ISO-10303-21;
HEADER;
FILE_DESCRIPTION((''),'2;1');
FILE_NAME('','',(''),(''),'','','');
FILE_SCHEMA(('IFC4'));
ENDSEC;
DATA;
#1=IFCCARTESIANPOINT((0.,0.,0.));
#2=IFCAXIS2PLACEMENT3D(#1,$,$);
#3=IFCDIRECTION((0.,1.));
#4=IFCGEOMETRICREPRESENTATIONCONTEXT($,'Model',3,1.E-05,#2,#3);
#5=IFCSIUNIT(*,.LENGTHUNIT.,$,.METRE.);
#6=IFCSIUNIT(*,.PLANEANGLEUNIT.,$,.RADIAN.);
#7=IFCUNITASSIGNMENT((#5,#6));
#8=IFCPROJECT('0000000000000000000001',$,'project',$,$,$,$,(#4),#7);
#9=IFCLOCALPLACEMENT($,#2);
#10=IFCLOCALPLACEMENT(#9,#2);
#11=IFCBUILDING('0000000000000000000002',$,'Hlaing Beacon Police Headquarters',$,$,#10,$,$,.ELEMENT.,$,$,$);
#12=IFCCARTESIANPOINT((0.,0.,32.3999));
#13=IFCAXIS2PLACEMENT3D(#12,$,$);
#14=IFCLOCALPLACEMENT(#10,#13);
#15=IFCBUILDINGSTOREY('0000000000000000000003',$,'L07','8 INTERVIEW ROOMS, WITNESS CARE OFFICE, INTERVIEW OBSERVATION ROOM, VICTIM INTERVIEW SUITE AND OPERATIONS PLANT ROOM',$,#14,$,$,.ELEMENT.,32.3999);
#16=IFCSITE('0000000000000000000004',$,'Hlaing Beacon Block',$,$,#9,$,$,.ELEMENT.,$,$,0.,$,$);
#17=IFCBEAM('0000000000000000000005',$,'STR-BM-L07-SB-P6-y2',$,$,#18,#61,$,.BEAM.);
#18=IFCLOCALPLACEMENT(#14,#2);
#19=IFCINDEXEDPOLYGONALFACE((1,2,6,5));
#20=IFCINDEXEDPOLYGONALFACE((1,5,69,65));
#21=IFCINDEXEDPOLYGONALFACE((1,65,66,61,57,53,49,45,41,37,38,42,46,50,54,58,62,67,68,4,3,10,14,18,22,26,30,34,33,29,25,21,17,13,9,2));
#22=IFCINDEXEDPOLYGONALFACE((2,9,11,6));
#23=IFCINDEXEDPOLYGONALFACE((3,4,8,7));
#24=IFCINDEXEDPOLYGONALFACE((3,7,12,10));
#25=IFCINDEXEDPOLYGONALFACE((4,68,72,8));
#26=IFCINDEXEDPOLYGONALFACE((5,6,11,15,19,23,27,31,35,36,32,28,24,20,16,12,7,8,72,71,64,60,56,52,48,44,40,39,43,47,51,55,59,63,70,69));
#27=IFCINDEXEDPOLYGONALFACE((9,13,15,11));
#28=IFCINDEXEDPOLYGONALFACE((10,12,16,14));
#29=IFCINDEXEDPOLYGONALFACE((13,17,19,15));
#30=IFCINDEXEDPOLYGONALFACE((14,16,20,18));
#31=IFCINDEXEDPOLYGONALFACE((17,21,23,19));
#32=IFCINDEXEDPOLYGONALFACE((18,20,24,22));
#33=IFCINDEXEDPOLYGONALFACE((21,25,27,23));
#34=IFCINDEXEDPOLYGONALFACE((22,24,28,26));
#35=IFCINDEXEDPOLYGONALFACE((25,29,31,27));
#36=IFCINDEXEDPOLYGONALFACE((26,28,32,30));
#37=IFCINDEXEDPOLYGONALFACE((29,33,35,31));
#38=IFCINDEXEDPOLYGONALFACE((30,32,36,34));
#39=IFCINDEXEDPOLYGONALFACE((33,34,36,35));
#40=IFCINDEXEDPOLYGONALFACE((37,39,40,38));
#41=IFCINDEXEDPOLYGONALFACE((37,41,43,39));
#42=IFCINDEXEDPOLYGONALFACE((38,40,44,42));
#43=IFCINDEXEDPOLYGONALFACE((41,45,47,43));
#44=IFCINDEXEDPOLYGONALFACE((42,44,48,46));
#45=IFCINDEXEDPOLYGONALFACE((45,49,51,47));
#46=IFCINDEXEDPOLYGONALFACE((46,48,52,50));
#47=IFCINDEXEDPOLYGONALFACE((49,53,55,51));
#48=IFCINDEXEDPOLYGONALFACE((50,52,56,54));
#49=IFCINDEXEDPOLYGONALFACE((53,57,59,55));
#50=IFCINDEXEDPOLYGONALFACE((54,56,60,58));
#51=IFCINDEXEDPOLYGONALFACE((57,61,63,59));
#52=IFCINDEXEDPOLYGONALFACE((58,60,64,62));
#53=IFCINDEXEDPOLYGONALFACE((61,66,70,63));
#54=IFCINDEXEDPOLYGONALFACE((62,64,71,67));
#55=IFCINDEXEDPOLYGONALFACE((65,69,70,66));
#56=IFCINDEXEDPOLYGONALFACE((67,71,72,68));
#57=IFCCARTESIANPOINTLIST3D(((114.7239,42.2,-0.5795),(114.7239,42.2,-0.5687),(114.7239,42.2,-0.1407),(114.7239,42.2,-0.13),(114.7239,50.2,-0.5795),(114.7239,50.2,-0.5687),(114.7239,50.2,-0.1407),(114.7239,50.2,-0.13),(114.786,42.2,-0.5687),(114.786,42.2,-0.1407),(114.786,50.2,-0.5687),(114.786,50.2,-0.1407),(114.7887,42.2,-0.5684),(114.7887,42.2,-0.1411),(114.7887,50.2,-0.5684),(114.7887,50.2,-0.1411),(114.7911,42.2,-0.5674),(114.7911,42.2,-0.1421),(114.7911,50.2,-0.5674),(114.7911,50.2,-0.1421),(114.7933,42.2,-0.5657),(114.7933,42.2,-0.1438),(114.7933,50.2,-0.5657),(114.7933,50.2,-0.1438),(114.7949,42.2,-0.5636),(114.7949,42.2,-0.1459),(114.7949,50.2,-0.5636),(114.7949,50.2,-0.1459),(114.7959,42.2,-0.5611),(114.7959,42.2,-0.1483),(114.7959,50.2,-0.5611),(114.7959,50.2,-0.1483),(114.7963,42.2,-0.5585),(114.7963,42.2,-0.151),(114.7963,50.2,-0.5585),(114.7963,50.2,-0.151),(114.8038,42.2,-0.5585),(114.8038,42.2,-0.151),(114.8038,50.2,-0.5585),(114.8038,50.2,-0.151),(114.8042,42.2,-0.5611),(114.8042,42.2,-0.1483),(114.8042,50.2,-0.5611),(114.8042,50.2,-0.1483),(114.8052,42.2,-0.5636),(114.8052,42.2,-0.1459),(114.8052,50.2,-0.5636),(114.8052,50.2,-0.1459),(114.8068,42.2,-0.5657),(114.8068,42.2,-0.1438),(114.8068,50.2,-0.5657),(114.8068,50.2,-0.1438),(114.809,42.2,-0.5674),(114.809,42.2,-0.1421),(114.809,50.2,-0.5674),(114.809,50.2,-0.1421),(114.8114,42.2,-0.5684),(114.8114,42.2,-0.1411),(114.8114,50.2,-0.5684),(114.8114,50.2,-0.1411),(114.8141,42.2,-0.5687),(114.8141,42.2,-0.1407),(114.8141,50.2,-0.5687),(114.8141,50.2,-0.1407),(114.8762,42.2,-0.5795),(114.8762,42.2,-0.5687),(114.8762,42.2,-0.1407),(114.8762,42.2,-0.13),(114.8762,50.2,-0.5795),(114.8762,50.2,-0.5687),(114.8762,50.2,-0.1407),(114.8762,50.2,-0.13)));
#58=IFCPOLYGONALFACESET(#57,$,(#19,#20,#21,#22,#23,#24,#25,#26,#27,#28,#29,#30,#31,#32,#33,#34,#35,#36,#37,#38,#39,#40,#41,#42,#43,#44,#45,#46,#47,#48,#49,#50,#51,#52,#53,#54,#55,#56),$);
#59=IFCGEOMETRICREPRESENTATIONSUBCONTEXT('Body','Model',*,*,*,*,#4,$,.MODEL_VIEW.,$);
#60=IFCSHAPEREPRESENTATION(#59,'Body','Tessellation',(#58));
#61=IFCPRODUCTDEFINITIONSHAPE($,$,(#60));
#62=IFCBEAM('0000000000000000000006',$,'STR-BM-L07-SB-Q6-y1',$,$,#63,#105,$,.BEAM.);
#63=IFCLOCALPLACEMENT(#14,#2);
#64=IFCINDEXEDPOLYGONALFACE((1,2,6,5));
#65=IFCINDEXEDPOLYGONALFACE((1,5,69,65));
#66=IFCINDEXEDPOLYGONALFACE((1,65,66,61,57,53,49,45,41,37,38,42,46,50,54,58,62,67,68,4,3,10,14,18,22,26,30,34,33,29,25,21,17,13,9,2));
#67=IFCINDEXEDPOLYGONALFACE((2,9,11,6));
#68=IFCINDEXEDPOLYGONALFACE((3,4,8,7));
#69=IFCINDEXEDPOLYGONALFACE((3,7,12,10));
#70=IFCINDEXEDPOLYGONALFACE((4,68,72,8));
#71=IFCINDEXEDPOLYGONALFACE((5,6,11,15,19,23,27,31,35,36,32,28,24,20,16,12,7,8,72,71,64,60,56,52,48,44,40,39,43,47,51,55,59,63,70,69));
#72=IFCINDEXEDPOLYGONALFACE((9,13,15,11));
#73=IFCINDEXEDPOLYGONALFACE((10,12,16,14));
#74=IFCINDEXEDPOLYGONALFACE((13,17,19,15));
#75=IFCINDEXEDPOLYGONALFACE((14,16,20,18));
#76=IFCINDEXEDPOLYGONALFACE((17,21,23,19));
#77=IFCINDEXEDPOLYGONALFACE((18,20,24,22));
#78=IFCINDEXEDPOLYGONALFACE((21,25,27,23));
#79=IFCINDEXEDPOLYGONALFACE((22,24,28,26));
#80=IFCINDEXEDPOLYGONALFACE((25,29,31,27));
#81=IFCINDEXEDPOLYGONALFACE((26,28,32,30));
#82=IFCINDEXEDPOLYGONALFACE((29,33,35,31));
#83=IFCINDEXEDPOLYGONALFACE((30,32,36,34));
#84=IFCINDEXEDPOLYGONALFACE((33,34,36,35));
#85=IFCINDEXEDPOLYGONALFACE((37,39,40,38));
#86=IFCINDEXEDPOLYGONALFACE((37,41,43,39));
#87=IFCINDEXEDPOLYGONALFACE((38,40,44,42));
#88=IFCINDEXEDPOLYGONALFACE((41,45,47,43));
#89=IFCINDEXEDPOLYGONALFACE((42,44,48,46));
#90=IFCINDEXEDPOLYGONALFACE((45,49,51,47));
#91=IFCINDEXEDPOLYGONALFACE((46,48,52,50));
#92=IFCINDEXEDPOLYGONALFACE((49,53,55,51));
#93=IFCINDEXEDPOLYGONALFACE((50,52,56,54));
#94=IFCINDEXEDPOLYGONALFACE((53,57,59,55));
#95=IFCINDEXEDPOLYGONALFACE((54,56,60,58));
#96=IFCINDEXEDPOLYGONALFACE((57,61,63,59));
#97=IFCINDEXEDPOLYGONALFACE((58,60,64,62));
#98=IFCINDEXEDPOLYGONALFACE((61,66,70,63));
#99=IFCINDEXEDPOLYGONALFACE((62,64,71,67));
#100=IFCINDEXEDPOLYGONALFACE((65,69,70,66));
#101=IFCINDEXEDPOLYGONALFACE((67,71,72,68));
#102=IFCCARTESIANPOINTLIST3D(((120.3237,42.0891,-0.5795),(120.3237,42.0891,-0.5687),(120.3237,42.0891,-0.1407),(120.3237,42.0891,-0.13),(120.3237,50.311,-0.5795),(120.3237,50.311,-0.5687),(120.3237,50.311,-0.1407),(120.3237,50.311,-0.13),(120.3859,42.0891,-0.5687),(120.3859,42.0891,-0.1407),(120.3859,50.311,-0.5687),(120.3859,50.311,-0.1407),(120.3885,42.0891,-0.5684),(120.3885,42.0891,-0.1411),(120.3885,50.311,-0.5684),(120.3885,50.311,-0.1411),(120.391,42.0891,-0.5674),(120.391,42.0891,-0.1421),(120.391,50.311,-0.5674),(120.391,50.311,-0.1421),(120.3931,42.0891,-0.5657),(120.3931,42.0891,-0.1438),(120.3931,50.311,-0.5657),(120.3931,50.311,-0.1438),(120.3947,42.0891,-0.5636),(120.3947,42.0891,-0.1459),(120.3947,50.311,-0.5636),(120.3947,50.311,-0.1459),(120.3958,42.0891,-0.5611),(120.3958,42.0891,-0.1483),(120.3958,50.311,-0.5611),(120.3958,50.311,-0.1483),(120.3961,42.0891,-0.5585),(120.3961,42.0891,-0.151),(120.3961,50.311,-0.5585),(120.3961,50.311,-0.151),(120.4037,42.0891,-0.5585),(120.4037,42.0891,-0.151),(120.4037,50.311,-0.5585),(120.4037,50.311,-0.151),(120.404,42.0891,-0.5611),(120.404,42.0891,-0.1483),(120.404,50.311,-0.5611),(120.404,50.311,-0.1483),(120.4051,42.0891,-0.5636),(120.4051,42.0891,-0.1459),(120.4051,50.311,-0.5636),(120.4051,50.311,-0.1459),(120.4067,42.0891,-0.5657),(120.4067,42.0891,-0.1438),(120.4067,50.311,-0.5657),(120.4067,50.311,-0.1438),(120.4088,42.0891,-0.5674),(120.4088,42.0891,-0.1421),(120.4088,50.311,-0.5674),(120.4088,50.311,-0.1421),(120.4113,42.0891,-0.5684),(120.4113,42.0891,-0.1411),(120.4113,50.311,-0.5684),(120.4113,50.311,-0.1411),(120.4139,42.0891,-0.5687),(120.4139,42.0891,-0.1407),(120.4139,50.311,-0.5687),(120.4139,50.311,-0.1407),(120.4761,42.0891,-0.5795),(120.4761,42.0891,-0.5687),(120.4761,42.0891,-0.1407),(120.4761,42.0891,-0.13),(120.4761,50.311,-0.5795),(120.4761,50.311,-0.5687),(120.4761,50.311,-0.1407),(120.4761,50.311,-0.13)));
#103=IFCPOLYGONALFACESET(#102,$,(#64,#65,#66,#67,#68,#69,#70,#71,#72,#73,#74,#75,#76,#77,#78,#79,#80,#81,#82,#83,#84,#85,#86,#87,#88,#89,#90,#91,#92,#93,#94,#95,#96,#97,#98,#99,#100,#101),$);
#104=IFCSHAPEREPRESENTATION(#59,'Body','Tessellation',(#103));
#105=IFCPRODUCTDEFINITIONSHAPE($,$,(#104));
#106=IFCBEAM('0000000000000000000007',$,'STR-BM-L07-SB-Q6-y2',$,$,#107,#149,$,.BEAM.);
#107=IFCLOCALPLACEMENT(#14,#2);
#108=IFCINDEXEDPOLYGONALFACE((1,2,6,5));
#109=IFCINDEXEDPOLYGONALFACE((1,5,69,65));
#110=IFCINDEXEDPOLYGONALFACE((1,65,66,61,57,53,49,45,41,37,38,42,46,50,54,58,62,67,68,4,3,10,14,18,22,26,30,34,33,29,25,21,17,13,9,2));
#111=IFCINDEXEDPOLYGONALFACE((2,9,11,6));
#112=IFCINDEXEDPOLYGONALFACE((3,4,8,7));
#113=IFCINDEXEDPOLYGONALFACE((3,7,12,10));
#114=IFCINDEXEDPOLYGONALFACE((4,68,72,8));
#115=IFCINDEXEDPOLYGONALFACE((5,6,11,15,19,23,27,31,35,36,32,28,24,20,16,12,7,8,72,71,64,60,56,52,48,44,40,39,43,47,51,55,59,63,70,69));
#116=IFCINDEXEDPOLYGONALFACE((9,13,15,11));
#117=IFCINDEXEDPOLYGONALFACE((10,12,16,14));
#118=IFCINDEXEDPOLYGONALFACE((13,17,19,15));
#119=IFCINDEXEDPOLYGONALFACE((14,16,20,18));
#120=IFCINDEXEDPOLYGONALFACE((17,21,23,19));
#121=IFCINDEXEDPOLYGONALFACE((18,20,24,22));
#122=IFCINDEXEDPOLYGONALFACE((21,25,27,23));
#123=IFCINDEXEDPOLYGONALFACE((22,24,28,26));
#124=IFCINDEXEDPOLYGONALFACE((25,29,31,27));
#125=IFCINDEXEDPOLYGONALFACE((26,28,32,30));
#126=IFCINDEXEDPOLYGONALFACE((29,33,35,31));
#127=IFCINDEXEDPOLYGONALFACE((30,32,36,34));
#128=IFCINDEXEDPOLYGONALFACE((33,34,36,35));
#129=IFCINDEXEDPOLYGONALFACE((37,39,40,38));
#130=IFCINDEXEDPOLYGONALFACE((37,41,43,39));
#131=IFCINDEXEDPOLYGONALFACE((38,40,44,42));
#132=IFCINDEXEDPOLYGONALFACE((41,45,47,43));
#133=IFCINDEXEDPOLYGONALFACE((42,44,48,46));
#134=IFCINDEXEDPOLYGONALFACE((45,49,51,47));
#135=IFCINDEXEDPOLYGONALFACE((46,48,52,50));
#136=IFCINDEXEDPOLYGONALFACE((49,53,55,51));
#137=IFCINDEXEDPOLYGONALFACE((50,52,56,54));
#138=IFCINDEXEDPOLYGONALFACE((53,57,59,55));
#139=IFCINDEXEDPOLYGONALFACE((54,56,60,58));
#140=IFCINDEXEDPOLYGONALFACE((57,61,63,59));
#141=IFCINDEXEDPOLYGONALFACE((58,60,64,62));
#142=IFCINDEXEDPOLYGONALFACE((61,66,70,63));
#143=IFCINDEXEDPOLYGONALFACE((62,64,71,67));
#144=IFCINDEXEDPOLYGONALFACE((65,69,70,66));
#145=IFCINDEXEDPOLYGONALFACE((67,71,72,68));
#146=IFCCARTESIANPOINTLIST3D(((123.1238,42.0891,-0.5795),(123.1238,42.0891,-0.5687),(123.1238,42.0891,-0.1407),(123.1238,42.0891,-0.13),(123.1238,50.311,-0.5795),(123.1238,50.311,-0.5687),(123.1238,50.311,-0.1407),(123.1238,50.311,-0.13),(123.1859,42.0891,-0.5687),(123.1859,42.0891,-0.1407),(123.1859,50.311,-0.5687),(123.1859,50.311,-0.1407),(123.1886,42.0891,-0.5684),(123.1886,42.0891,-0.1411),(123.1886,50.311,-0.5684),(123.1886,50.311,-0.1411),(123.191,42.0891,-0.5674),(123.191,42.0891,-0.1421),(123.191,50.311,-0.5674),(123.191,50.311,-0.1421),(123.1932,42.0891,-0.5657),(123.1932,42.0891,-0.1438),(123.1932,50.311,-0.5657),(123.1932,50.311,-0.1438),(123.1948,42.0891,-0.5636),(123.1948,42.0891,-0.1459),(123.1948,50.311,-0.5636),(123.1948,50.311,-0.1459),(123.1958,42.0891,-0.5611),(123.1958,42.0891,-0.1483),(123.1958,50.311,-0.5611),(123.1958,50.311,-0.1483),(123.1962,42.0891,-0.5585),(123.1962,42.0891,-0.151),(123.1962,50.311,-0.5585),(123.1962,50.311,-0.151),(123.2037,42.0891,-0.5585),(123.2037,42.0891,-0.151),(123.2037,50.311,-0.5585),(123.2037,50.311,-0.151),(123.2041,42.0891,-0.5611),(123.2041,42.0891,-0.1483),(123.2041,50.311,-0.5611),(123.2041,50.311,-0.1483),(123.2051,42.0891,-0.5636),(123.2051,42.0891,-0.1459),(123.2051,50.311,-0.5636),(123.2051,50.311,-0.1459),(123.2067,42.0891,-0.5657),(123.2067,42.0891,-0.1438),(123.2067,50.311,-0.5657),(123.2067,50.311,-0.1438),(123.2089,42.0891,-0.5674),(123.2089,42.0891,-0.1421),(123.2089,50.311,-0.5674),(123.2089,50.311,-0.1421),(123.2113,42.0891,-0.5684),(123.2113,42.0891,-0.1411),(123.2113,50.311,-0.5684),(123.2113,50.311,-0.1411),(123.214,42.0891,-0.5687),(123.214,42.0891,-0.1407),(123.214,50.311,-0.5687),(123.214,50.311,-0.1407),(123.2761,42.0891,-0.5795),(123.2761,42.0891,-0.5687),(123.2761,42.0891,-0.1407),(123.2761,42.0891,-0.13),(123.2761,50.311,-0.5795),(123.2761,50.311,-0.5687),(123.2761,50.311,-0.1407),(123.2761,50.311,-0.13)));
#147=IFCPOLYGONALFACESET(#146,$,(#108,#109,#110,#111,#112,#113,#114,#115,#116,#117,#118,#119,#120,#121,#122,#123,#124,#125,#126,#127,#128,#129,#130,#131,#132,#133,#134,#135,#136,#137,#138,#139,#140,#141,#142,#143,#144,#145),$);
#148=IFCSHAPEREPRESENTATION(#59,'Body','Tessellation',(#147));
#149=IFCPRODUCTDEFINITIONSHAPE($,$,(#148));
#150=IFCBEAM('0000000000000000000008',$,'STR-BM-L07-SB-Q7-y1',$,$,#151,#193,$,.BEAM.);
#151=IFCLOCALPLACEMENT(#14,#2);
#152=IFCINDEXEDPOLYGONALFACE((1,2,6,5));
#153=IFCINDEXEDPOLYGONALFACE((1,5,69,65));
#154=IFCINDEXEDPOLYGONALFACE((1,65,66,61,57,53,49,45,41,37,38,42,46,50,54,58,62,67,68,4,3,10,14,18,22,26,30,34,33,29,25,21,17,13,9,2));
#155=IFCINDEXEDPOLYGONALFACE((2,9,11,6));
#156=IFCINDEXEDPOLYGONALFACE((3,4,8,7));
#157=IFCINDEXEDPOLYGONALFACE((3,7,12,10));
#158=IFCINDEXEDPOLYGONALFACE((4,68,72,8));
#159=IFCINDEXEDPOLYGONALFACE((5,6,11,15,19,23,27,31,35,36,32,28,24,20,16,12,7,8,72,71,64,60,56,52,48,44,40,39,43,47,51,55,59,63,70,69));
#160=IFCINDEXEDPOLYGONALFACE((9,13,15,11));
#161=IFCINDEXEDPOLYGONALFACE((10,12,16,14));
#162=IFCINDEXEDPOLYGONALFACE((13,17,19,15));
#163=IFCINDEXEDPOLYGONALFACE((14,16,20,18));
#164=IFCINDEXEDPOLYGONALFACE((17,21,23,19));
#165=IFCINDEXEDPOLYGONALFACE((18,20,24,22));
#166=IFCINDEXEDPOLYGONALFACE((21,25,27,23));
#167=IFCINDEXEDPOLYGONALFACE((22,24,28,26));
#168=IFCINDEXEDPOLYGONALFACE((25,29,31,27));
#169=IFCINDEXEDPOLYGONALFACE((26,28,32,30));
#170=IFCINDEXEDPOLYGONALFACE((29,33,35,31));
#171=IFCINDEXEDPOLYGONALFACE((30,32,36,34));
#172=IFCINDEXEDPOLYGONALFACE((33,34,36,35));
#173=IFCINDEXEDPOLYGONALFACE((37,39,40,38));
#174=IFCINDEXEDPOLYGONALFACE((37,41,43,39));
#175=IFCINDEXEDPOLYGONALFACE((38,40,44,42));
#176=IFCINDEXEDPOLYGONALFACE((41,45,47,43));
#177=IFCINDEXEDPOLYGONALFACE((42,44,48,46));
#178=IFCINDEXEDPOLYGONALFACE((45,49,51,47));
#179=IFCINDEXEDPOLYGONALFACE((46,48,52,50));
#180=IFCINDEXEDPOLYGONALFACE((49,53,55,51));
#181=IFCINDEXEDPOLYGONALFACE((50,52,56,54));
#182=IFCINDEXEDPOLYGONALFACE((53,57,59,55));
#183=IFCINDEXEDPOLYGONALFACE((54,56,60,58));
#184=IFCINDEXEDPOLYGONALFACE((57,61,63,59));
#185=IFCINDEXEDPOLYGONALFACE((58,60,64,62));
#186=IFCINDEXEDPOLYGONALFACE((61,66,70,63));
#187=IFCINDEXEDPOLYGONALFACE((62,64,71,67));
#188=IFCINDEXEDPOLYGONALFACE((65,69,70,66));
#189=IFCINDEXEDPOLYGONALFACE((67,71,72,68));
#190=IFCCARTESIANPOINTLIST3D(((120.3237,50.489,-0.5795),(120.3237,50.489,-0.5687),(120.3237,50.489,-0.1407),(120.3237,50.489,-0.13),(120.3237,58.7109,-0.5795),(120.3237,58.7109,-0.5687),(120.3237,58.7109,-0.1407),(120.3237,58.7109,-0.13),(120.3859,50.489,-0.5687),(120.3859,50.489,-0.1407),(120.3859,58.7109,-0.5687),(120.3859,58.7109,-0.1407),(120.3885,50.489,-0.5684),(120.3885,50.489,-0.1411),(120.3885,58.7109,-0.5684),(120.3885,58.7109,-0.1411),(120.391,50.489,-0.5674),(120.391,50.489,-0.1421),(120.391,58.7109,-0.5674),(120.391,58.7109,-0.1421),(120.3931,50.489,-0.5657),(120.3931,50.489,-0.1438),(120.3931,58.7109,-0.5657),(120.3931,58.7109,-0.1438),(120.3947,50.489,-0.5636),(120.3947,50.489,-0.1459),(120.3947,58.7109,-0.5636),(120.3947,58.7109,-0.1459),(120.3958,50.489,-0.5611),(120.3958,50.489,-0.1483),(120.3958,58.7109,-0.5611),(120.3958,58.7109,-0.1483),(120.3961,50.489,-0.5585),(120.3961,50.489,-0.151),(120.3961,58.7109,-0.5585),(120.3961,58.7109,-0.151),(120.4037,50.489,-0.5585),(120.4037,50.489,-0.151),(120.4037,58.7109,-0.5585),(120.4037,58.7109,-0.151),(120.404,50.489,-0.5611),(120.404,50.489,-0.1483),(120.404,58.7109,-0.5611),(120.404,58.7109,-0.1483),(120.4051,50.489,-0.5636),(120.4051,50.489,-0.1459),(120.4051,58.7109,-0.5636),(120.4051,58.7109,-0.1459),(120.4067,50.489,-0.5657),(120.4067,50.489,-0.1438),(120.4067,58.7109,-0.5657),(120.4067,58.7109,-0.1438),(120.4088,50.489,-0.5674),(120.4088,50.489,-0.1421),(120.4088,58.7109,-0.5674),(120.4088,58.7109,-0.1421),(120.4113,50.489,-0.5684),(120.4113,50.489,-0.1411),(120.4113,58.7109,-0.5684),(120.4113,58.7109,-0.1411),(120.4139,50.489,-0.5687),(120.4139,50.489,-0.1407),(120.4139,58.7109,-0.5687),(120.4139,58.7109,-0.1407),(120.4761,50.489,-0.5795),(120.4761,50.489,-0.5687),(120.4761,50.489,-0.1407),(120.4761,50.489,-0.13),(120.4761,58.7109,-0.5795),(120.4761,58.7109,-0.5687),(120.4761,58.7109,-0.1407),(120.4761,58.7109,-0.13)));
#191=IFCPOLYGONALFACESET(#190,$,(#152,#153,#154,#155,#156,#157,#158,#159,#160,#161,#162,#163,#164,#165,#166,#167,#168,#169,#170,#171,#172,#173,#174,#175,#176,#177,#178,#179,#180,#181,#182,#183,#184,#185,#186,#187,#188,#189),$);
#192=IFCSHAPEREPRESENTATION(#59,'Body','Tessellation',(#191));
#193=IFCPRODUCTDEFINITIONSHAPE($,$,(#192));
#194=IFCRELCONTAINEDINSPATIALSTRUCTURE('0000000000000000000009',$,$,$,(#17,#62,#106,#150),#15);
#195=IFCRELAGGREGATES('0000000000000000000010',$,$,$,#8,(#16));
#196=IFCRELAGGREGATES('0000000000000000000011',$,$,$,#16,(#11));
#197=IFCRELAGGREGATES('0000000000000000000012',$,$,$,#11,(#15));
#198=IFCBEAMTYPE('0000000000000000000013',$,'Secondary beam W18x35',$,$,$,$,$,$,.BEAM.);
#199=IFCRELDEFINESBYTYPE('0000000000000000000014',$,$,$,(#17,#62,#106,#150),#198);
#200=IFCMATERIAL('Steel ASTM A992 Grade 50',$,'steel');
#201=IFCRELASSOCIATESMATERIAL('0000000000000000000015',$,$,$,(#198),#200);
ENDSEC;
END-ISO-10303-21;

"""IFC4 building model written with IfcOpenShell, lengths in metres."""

from ifc_helpers import new_model, si_unit, direction, frame, origin, origin_2d, place, context, subcontext, project, spatial, i_section, extrude, material, material_profile, profile_set, type_object, element, save


model = new_model("IFC4")

# Units and contexts
model_context = context("Model", 3, precision=1e-05, world=origin(), true_north=direction((0.0, 1.0)))
body_context = subcontext(model_context, "Body", "Model", "MODEL_VIEW")
ifc_project = project(units=[si_unit("LENGTHUNIT", "METRE"), si_unit("PLANEANGLEUNIT", "RADIAN")], contexts=[model_context])

# Site, building, storey
site_placement = place(None, origin())
site = spatial("IfcSite", under=ifc_project, at=site_placement, Name="Hlaing Beacon Block", CompositionType="ELEMENT", RefElevation=0.0)
building_placement = place(site_placement, origin())
building = spatial("IfcBuilding", under=site, at=building_placement, Name="Hlaing Beacon Police Headquarters", CompositionType="ELEMENT")
storey_placement = place(building_placement, frame((0.0, 0.0, 32.3999)))
storey = spatial("IfcBuildingStorey", under=building, at=storey_placement, Name="L07", Description="8 INTERVIEW ROOMS, WITNESS CARE OFFICE, INTERVIEW OBSERVATION ROOM, VICTIM INTERVIEW SUITE AND OPERATIONS PLANT ROOM", CompositionType="ELEMENT", Elevation=32.3999)

# Beams
ifc_material_1 = material(Name="Steel ASTM A992 Grade 50", Category="steel")
ifc_material_profile_1 = material_profile(ifc_material_1, i_section(OverallWidth=0.1523, OverallDepth=0.4495, WebThickness=0.0076, FlangeThickness=0.0107, FilletRadius=0.0103, at=origin_2d()), Name="W18x35")
ifc_profile_set_1 = profile_set([ifc_material_profile_1], Name="Steel ASTM A992 Grade 50")
beam_type_1 = type_object("IfcBeamType", Name="Secondary beam W18x35", PredefinedType="BEAM", material=ifc_profile_set_1)
for number, where, z_axis, x_axis, name in (
    (1, (114.8, 42.2, -0.3547), (0.0, 1.0, 0.0), (-1.0, 0.0, 0.0), "STR-BM-L07-SB-P6-y2"),
):
    element("IfcBeam", number, at=place(storey_placement, frame(where, z_axis=z_axis, x_axis=x_axis)), inside=storey, type_object=beam_type_1, Name=name, PredefinedType="BEAM", context=body_context, shape_type="SweptSolid", body=[
        extrude(i_section(OverallWidth=0.1523, OverallDepth=0.4495, WebThickness=0.0076, FlangeThickness=0.0107, FilletRadius=0.0103, at=origin_2d()), origin(), (0.0, 0.0, 1.0), 8.0),
    ])
for number, where, z_axis, x_axis, name in (
    (2, (120.3999, 42.0891, -0.3547), (0.0, 1.0, 0.0), (-1.0, 0.0, 0.0), "STR-BM-L07-SB-Q6-y1"),
    (3, (123.2, 42.0891, -0.3547), (0.0, 1.0, 0.0), (-1.0, 0.0, 0.0), "STR-BM-L07-SB-Q6-y2"),
    (4, (120.3999, 50.489, -0.3547), (0.0, 1.0, 0.0), (-1.0, 0.0, 0.0), "STR-BM-L07-SB-Q7-y1"),
):
    element("IfcBeam", number, at=place(storey_placement, frame(where, z_axis=z_axis, x_axis=x_axis)), inside=storey, type_object=beam_type_1, Name=name, PredefinedType="BEAM", context=body_context, shape_type="SweptSolid", body=[
        extrude(i_section(OverallWidth=0.1523, OverallDepth=0.4495, WebThickness=0.0076, FlangeThickness=0.0107, FilletRadius=0.0103, at=origin_2d()), origin(), (0.0, 0.0, 1.0), 8.2219),
    ])

save(model, "model.ifc")
